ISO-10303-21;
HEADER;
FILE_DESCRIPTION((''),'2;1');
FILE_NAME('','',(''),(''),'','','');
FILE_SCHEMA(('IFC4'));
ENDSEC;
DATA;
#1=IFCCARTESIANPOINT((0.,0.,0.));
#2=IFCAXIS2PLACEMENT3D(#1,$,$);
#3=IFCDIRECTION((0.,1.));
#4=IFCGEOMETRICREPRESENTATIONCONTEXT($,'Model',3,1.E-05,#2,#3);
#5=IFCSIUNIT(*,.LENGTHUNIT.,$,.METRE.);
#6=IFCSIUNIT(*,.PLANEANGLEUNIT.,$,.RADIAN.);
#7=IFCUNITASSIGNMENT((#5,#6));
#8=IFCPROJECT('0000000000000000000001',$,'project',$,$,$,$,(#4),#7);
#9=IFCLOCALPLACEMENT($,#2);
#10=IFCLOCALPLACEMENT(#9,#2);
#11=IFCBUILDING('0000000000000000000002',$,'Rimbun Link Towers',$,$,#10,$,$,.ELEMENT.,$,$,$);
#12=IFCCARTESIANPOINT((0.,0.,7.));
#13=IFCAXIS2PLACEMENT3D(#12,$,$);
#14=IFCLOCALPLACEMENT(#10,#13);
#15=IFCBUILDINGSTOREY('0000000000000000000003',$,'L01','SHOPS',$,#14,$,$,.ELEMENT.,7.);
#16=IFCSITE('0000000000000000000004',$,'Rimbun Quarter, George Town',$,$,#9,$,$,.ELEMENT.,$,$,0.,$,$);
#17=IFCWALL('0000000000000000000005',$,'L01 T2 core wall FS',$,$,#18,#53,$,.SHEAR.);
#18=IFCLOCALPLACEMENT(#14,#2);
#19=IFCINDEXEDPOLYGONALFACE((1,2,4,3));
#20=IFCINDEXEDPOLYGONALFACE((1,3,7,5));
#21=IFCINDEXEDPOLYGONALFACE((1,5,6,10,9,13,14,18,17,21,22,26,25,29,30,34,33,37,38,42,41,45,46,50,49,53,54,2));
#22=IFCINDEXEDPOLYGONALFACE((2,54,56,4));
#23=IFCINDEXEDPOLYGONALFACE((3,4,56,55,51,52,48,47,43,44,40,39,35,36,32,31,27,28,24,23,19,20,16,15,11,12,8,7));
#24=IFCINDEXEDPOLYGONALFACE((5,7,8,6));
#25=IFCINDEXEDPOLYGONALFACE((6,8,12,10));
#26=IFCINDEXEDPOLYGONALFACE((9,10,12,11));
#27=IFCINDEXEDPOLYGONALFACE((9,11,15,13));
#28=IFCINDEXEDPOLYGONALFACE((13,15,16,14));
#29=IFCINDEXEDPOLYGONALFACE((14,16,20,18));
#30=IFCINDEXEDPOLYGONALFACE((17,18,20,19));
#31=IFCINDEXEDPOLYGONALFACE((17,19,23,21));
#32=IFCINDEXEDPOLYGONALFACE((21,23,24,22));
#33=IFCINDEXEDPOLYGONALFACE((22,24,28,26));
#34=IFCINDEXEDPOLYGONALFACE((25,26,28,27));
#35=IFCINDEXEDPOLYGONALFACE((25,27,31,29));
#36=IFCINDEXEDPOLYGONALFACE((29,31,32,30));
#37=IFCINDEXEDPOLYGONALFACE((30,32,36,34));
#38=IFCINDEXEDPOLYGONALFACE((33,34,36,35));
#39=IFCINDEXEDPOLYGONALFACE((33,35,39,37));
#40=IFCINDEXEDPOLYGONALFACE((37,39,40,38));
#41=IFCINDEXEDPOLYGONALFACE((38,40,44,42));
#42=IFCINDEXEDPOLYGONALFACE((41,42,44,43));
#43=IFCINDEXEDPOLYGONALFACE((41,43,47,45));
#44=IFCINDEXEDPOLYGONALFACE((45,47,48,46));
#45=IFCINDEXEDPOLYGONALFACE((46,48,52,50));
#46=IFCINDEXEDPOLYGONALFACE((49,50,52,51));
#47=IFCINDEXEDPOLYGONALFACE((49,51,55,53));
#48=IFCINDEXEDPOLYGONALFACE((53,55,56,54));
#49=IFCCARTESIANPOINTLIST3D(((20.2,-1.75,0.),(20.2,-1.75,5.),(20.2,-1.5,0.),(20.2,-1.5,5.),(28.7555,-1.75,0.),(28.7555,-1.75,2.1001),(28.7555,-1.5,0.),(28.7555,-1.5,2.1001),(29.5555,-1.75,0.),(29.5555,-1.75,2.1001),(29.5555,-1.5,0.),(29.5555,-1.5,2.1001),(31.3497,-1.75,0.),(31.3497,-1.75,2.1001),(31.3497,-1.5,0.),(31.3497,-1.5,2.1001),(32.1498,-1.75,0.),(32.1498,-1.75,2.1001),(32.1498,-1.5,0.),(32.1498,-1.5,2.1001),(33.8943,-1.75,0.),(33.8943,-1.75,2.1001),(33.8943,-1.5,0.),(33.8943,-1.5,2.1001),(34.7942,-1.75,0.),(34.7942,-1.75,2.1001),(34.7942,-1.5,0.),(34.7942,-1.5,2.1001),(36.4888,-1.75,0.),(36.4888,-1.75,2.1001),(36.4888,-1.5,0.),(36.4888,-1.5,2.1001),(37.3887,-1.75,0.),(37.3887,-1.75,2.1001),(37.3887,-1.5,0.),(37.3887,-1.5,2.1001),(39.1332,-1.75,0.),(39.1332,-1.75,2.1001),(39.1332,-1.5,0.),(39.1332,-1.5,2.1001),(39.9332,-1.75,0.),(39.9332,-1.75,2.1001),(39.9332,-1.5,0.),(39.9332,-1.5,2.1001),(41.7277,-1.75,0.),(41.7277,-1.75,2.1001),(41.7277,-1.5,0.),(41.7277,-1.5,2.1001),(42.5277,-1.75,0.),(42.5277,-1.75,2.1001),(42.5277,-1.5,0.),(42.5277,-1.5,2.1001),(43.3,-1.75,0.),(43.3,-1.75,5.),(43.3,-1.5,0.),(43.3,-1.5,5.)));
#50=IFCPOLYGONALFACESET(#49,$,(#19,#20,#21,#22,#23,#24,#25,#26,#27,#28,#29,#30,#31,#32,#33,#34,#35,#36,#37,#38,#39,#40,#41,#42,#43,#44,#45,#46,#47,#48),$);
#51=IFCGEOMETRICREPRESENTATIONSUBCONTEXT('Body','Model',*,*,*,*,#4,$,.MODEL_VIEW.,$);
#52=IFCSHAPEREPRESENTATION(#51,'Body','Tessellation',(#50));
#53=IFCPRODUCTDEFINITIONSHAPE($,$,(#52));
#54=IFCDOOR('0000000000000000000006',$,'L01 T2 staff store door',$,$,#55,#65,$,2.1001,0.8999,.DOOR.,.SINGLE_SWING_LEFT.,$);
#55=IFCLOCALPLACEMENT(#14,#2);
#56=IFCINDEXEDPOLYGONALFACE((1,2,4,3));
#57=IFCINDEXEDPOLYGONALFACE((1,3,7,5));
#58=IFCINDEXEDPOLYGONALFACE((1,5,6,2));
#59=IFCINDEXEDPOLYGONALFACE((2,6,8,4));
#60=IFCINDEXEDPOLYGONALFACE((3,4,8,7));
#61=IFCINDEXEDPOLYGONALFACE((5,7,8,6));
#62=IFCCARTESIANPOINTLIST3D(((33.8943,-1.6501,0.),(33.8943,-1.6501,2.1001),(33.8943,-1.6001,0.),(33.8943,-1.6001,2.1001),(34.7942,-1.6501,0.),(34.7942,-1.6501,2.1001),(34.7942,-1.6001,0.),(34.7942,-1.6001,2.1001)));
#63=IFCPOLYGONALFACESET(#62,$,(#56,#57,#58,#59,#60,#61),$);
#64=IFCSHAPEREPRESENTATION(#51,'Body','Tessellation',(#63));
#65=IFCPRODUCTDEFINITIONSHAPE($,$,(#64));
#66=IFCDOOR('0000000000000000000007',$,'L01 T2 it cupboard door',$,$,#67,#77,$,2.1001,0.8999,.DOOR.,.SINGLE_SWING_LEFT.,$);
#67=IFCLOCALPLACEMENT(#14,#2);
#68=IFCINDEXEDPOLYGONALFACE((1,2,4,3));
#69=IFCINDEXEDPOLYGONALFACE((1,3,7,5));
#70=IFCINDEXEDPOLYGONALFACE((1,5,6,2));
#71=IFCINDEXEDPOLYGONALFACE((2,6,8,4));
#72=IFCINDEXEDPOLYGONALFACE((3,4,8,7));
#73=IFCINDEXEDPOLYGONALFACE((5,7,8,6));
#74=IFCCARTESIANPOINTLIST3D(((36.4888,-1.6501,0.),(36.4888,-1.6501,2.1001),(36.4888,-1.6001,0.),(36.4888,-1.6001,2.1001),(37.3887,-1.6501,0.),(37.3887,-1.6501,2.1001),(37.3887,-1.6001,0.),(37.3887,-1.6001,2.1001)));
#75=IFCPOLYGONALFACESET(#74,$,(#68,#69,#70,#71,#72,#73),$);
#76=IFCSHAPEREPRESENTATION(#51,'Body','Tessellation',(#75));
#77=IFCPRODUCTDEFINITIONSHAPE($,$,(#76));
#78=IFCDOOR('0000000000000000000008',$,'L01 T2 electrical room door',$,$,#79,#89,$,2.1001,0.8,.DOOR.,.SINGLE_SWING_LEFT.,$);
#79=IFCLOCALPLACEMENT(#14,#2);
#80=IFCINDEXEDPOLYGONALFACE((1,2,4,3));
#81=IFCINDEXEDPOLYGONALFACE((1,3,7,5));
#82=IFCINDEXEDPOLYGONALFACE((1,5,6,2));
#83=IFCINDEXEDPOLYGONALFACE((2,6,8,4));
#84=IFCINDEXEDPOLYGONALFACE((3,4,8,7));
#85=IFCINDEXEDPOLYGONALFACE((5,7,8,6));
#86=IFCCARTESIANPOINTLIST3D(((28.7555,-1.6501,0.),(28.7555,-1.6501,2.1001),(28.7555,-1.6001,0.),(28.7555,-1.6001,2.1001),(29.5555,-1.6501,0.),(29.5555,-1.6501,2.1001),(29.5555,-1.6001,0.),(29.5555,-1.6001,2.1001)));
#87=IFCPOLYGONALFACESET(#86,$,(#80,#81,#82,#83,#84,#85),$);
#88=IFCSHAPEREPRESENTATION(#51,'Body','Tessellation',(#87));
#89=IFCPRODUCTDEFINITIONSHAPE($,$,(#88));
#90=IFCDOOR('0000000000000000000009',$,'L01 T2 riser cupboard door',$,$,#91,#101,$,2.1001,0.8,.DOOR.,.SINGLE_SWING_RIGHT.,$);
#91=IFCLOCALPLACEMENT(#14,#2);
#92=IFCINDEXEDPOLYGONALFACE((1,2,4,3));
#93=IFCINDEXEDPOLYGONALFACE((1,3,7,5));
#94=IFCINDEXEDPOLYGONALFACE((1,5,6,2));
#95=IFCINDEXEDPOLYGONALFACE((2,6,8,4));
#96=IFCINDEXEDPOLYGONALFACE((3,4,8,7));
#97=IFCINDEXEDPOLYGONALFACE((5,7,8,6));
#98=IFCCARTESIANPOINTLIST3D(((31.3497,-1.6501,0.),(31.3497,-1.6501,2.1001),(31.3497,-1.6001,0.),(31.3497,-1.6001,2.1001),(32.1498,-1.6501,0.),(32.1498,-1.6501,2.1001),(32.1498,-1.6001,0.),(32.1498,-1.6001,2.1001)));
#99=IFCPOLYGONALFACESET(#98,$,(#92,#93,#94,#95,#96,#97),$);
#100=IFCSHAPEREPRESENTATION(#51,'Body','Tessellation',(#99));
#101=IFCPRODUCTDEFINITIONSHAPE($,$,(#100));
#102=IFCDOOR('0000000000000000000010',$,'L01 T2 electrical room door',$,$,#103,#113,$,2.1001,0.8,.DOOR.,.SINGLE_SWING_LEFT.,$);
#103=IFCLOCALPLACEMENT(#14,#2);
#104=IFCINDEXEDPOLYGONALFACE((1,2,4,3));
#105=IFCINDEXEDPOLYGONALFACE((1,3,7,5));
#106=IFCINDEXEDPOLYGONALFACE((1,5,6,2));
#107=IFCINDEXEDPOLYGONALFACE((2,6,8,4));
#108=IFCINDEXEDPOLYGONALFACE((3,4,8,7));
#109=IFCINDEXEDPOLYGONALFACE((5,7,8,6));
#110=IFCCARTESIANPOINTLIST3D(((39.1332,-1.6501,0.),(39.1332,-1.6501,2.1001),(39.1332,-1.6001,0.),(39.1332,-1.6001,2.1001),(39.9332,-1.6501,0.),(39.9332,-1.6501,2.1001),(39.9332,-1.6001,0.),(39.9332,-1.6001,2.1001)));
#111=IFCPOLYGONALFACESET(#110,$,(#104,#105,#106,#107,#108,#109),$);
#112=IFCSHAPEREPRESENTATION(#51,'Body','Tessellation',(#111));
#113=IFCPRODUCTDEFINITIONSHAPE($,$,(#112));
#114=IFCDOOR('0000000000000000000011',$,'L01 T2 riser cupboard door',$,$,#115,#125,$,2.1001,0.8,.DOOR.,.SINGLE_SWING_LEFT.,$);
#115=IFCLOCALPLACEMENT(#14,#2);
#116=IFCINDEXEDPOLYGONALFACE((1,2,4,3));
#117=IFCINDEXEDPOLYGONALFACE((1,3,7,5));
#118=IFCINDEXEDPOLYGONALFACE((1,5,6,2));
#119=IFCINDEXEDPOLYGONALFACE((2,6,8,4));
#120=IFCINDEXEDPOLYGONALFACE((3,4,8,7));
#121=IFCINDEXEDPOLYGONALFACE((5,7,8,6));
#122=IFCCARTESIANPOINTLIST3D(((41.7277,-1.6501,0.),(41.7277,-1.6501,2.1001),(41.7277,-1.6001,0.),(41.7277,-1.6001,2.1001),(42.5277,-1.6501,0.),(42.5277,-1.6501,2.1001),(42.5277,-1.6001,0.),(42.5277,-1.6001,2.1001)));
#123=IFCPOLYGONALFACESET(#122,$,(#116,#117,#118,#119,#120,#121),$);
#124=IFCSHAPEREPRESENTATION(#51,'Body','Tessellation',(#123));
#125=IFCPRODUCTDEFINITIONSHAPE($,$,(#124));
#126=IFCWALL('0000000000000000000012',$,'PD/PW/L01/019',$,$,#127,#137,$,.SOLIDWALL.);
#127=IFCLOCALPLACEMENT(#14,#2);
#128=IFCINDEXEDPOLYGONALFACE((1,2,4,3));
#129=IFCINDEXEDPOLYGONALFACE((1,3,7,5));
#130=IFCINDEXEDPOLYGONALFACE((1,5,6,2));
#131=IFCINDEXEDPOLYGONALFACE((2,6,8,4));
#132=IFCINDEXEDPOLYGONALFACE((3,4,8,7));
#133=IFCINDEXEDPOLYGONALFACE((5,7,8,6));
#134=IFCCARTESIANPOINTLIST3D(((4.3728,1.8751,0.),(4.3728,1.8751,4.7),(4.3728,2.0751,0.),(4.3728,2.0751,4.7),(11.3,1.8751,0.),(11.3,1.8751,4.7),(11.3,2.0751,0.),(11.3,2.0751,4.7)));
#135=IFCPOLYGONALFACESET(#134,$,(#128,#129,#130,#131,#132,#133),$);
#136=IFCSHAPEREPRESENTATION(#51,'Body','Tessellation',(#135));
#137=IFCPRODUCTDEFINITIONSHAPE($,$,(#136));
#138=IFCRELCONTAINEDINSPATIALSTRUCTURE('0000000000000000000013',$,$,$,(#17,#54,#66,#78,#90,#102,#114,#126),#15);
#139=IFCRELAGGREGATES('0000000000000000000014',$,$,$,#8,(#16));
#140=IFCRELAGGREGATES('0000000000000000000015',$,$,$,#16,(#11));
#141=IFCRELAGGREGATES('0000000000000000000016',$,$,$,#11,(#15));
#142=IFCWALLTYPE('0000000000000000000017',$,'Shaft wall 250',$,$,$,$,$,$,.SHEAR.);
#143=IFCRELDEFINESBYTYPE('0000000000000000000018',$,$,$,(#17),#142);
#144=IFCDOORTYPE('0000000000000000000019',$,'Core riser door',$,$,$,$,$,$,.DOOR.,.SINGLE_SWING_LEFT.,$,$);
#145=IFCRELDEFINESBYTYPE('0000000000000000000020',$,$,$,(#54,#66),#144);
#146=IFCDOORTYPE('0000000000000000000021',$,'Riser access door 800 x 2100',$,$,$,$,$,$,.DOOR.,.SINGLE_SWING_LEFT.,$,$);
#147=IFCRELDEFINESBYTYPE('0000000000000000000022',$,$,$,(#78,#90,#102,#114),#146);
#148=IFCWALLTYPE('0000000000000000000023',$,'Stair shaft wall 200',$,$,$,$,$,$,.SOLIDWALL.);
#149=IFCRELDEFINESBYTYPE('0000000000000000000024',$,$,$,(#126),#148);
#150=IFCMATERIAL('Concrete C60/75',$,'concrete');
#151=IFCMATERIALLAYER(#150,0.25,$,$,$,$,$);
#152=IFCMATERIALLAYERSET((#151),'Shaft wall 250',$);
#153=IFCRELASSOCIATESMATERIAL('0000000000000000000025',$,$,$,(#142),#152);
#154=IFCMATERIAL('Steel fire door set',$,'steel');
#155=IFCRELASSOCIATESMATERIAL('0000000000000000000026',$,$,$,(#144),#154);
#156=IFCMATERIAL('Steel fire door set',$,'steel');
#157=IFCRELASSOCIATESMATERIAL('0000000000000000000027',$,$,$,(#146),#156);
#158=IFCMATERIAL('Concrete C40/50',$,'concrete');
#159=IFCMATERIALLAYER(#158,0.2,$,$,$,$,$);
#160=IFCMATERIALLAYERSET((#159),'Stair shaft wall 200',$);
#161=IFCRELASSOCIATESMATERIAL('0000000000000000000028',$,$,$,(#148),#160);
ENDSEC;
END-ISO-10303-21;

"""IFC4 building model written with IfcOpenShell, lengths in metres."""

from ifc_helpers import new_model, si_unit, direction, frame, frame_2d, origin, place, context, subcontext, project, spatial, rectangle, extrude, material, layer, layer_set, type_object, element, fill, save


model = new_model("IFC4")

# Units and contexts
model_context = context("Model", 3, precision=1e-05, world=origin(), true_north=direction((0.0, 1.0)))
body_context = subcontext(model_context, "Body", "Model", "MODEL_VIEW")
ifc_project = project(units=[si_unit("LENGTHUNIT", "METRE"), si_unit("PLANEANGLEUNIT", "RADIAN")], contexts=[model_context])

# Site, building, storey
site_placement = place(None, origin())
site = spatial("IfcSite", under=ifc_project, at=site_placement, Name="Rimbun Quarter, George Town", CompositionType="ELEMENT", RefElevation=0.0)
building_placement = place(site_placement, origin())
building = spatial("IfcBuilding", under=site, at=building_placement, Name="Rimbun Link Towers", CompositionType="ELEMENT")
storey_placement = place(building_placement, frame((0.0, 0.0, 7.0)))
storey = spatial("IfcBuildingStorey", under=building, at=storey_placement, Name="L01", Description="SHOPS", CompositionType="ELEMENT", Elevation=7.0)

# Wall, openings, doors
ifc_material_1 = material(Name="Concrete C60/75", Category="concrete")
ifc_layer_1 = layer(ifc_material_1, 0.25)
ifc_layer_set_1 = layer_set([ifc_layer_1], Name="Shaft wall 250")
wall_type_1 = type_object("IfcWallType", Name="Shaft wall 250", PredefinedType="SHEAR", material=ifc_layer_set_1)
wall_1_placement = place(storey_placement, frame((20.2, -1.625, 0.0), z_axis=(0.0, 0.0, 1.0), x_axis=(1.0, 0.0, 0.0)))
wall_1 = element("IfcWall", 1, at=wall_1_placement, inside=storey, type_object=wall_type_1, Name="L01 T2 core wall FS", PredefinedType="SHEAR", context=body_context, shape_type="SweptSolid", body=[
    extrude(rectangle(XDim=23.1001, YDim=0.25, at=frame_2d((11.55, 0.0))), origin(), (0.0, 0.0, 1.0), 5.0),
])
opening_1_placement = place(wall_1_placement, frame((8.5557, 0.0, 0.0)))
opening_1 = element("IfcOpeningElement", 2, at=opening_1_placement, cuts=wall_1, PredefinedType="OPENING", context=body_context, shape_type="SweptSolid", body=[
    extrude(rectangle(XDim=0.8, YDim=2.1001, at=frame_2d((0.3999, 1.05))), frame((0.0, 0.135, 0.0), z_axis=(0.0, -1.0, 0.0), x_axis=(1.0, 0.0, 0.0)), (0.0, 0.0, 1.0), 0.27),
])
opening_2_placement = place(wall_1_placement, frame((11.1499, 0.0, 0.0)))
opening_2 = element("IfcOpeningElement", 3, at=opening_2_placement, cuts=wall_1, PredefinedType="OPENING", context=body_context, shape_type="SweptSolid", body=[
    extrude(rectangle(XDim=0.8, YDim=2.1001, at=frame_2d((0.3999, 1.05))), frame((0.0, 0.135, 0.0), z_axis=(0.0, -1.0, 0.0), x_axis=(1.0, 0.0, 0.0)), (0.0, 0.0, 1.0), 0.27),
])
opening_3_placement = place(wall_1_placement, frame((13.6943, 0.0, 0.0)))
opening_3 = element("IfcOpeningElement", 4, at=opening_3_placement, cuts=wall_1, PredefinedType="OPENING", context=body_context, shape_type="SweptSolid", body=[
    extrude(rectangle(XDim=0.8999, YDim=2.1001, at=frame_2d((0.45, 1.05))), frame((0.0, 0.135, 0.0), z_axis=(0.0, -1.0, 0.0), x_axis=(1.0, 0.0, 0.0)), (0.0, 0.0, 1.0), 0.27),
])
opening_4_placement = place(wall_1_placement, frame((16.2888, 0.0, 0.0)))
opening_4 = element("IfcOpeningElement", 5, at=opening_4_placement, cuts=wall_1, PredefinedType="OPENING", context=body_context, shape_type="SweptSolid", body=[
    extrude(rectangle(XDim=0.8999, YDim=2.1001, at=frame_2d((0.45, 1.05))), frame((0.0, 0.135, 0.0), z_axis=(0.0, -1.0, 0.0), x_axis=(1.0, 0.0, 0.0)), (0.0, 0.0, 1.0), 0.27),
])
opening_5_placement = place(wall_1_placement, frame((18.9333, 0.0, 0.0)))
opening_5 = element("IfcOpeningElement", 6, at=opening_5_placement, cuts=wall_1, PredefinedType="OPENING", context=body_context, shape_type="SweptSolid", body=[
    extrude(rectangle(XDim=0.8, YDim=2.1001, at=frame_2d((0.3999, 1.05))), frame((0.0, 0.135, 0.0), z_axis=(0.0, -1.0, 0.0), x_axis=(1.0, 0.0, 0.0)), (0.0, 0.0, 1.0), 0.27),
])
opening_6_placement = place(wall_1_placement, frame((21.5278, 0.0, 0.0)))
opening_6 = element("IfcOpeningElement", 7, at=opening_6_placement, cuts=wall_1, PredefinedType="OPENING", context=body_context, shape_type="SweptSolid", body=[
    extrude(rectangle(XDim=0.8, YDim=2.1001, at=frame_2d((0.3999, 1.05))), frame((0.0, 0.135, 0.0), z_axis=(0.0, -1.0, 0.0), x_axis=(1.0, 0.0, 0.0)), (0.0, 0.0, 1.0), 0.27),
])
ifc_material_2 = material(Name="Steel fire door set", Category="steel")
door_type_1 = type_object("IfcDoorType", Name="Core riser door", OperationType="SINGLE_SWING_LEFT", PredefinedType="DOOR", material=ifc_material_2)
door_1_placement = place(opening_3_placement, origin())
door_1 = element("IfcDoor", 8, at=door_1_placement, inside=storey, type_object=door_type_1, Name="L01 T2 staff store door", OperationType="SINGLE_SWING_LEFT", OverallHeight=2.1001, OverallWidth=0.8999, PredefinedType="DOOR", context=body_context, shape_type="SweptSolid", body=[
    extrude(rectangle(XDim=0.8999, YDim=2.1001, at=frame_2d((0.45, 1.05))), frame((0.0, 0.0249, 0.0), z_axis=(0.0, -1.0, 0.0), x_axis=(1.0, 0.0, 0.0)), (0.0, 0.0, 1.0), 0.05),
])
fill(opening_3, door_1)
door_2_placement = place(opening_4_placement, origin())
door_2 = element("IfcDoor", 9, at=door_2_placement, inside=storey, type_object=door_type_1, Name="L01 T2 it cupboard door", OperationType="SINGLE_SWING_LEFT", OverallHeight=2.1001, OverallWidth=0.8999, PredefinedType="DOOR", context=body_context, shape_type="SweptSolid", body=[
    extrude(rectangle(XDim=0.8999, YDim=2.1001, at=frame_2d((0.45, 1.05))), frame((0.0, 0.0249, 0.0), z_axis=(0.0, -1.0, 0.0), x_axis=(1.0, 0.0, 0.0)), (0.0, 0.0, 1.0), 0.05),
])
fill(opening_4, door_2)
ifc_material_3 = material(Name="Steel fire door set", Category="steel")
door_type_2 = type_object("IfcDoorType", Name="Riser access door 800 x 2100", OperationType="SINGLE_SWING_LEFT", PredefinedType="DOOR", material=ifc_material_3)
door_3_placement = place(opening_1_placement, origin())
door_3 = element("IfcDoor", 10, at=door_3_placement, inside=storey, type_object=door_type_2, Name="L01 T2 electrical room door", OperationType="SINGLE_SWING_LEFT", OverallHeight=2.1001, OverallWidth=0.8, PredefinedType="DOOR", context=body_context, shape_type="SweptSolid", body=[
    extrude(rectangle(XDim=0.8, YDim=2.1001, at=frame_2d((0.3999, 1.05))), frame((0.0, 0.0249, 0.0), z_axis=(0.0, -1.0, 0.0), x_axis=(1.0, 0.0, 0.0)), (0.0, 0.0, 1.0), 0.05),
])
fill(opening_1, door_3)
door_4_placement = place(opening_2_placement, origin())
door_4 = element("IfcDoor", 11, at=door_4_placement, inside=storey, type_object=door_type_2, Name="L01 T2 riser cupboard door", OperationType="SINGLE_SWING_RIGHT", OverallHeight=2.1001, OverallWidth=0.8, PredefinedType="DOOR", context=body_context, shape_type="SweptSolid", body=[
    extrude(rectangle(XDim=0.8, YDim=2.1001, at=frame_2d((0.3999, 1.05))), frame((0.0, 0.0249, 0.0), z_axis=(0.0, -1.0, 0.0), x_axis=(1.0, 0.0, 0.0)), (0.0, 0.0, 1.0), 0.05),
])
fill(opening_2, door_4)
door_5_placement = place(opening_5_placement, origin())
door_5 = element("IfcDoor", 12, at=door_5_placement, inside=storey, type_object=door_type_2, Name="L01 T2 electrical room door", OperationType="SINGLE_SWING_LEFT", OverallHeight=2.1001, OverallWidth=0.8, PredefinedType="DOOR", context=body_context, shape_type="SweptSolid", body=[
    extrude(rectangle(XDim=0.8, YDim=2.1001, at=frame_2d((0.3999, 1.05))), frame((0.0, 0.0249, 0.0), z_axis=(0.0, -1.0, 0.0), x_axis=(1.0, 0.0, 0.0)), (0.0, 0.0, 1.0), 0.05),
])
fill(opening_5, door_5)
door_6_placement = place(opening_6_placement, origin())
door_6 = element("IfcDoor", 13, at=door_6_placement, inside=storey, type_object=door_type_2, Name="L01 T2 riser cupboard door", OperationType="SINGLE_SWING_LEFT", OverallHeight=2.1001, OverallWidth=0.8, PredefinedType="DOOR", context=body_context, shape_type="SweptSolid", body=[
    extrude(rectangle(XDim=0.8, YDim=2.1001, at=frame_2d((0.3999, 1.05))), frame((0.0, 0.0249, 0.0), z_axis=(0.0, -1.0, 0.0), x_axis=(1.0, 0.0, 0.0)), (0.0, 0.0, 1.0), 0.05),
])
fill(opening_6, door_6)

# Wall
ifc_material_4 = material(Name="Concrete C40/50", Category="concrete")
ifc_layer_2 = layer(ifc_material_4, 0.2)
ifc_layer_set_2 = layer_set([ifc_layer_2], Name="Stair shaft wall 200")
wall_type_2 = type_object("IfcWallType", Name="Stair shaft wall 200", PredefinedType="SOLIDWALL", material=ifc_layer_set_2)
wall_2_placement = place(storey_placement, frame((11.3, 1.9751, 0.0), z_axis=(0.0, 0.0, 1.0), x_axis=(-1.0, 0.0, 0.0)))
element("IfcWall", 14, at=wall_2_placement, inside=storey, type_object=wall_type_2, Name="PD/PW/L01/019", PredefinedType="SOLIDWALL", context=body_context, shape_type="SweptSolid", body=[
    extrude(rectangle(XDim=6.9272, YDim=0.2, at=frame_2d((3.4636, 0.0))), origin(), (0.0, 0.0, 1.0), 4.7),
])

save(model, "model.ifc")
